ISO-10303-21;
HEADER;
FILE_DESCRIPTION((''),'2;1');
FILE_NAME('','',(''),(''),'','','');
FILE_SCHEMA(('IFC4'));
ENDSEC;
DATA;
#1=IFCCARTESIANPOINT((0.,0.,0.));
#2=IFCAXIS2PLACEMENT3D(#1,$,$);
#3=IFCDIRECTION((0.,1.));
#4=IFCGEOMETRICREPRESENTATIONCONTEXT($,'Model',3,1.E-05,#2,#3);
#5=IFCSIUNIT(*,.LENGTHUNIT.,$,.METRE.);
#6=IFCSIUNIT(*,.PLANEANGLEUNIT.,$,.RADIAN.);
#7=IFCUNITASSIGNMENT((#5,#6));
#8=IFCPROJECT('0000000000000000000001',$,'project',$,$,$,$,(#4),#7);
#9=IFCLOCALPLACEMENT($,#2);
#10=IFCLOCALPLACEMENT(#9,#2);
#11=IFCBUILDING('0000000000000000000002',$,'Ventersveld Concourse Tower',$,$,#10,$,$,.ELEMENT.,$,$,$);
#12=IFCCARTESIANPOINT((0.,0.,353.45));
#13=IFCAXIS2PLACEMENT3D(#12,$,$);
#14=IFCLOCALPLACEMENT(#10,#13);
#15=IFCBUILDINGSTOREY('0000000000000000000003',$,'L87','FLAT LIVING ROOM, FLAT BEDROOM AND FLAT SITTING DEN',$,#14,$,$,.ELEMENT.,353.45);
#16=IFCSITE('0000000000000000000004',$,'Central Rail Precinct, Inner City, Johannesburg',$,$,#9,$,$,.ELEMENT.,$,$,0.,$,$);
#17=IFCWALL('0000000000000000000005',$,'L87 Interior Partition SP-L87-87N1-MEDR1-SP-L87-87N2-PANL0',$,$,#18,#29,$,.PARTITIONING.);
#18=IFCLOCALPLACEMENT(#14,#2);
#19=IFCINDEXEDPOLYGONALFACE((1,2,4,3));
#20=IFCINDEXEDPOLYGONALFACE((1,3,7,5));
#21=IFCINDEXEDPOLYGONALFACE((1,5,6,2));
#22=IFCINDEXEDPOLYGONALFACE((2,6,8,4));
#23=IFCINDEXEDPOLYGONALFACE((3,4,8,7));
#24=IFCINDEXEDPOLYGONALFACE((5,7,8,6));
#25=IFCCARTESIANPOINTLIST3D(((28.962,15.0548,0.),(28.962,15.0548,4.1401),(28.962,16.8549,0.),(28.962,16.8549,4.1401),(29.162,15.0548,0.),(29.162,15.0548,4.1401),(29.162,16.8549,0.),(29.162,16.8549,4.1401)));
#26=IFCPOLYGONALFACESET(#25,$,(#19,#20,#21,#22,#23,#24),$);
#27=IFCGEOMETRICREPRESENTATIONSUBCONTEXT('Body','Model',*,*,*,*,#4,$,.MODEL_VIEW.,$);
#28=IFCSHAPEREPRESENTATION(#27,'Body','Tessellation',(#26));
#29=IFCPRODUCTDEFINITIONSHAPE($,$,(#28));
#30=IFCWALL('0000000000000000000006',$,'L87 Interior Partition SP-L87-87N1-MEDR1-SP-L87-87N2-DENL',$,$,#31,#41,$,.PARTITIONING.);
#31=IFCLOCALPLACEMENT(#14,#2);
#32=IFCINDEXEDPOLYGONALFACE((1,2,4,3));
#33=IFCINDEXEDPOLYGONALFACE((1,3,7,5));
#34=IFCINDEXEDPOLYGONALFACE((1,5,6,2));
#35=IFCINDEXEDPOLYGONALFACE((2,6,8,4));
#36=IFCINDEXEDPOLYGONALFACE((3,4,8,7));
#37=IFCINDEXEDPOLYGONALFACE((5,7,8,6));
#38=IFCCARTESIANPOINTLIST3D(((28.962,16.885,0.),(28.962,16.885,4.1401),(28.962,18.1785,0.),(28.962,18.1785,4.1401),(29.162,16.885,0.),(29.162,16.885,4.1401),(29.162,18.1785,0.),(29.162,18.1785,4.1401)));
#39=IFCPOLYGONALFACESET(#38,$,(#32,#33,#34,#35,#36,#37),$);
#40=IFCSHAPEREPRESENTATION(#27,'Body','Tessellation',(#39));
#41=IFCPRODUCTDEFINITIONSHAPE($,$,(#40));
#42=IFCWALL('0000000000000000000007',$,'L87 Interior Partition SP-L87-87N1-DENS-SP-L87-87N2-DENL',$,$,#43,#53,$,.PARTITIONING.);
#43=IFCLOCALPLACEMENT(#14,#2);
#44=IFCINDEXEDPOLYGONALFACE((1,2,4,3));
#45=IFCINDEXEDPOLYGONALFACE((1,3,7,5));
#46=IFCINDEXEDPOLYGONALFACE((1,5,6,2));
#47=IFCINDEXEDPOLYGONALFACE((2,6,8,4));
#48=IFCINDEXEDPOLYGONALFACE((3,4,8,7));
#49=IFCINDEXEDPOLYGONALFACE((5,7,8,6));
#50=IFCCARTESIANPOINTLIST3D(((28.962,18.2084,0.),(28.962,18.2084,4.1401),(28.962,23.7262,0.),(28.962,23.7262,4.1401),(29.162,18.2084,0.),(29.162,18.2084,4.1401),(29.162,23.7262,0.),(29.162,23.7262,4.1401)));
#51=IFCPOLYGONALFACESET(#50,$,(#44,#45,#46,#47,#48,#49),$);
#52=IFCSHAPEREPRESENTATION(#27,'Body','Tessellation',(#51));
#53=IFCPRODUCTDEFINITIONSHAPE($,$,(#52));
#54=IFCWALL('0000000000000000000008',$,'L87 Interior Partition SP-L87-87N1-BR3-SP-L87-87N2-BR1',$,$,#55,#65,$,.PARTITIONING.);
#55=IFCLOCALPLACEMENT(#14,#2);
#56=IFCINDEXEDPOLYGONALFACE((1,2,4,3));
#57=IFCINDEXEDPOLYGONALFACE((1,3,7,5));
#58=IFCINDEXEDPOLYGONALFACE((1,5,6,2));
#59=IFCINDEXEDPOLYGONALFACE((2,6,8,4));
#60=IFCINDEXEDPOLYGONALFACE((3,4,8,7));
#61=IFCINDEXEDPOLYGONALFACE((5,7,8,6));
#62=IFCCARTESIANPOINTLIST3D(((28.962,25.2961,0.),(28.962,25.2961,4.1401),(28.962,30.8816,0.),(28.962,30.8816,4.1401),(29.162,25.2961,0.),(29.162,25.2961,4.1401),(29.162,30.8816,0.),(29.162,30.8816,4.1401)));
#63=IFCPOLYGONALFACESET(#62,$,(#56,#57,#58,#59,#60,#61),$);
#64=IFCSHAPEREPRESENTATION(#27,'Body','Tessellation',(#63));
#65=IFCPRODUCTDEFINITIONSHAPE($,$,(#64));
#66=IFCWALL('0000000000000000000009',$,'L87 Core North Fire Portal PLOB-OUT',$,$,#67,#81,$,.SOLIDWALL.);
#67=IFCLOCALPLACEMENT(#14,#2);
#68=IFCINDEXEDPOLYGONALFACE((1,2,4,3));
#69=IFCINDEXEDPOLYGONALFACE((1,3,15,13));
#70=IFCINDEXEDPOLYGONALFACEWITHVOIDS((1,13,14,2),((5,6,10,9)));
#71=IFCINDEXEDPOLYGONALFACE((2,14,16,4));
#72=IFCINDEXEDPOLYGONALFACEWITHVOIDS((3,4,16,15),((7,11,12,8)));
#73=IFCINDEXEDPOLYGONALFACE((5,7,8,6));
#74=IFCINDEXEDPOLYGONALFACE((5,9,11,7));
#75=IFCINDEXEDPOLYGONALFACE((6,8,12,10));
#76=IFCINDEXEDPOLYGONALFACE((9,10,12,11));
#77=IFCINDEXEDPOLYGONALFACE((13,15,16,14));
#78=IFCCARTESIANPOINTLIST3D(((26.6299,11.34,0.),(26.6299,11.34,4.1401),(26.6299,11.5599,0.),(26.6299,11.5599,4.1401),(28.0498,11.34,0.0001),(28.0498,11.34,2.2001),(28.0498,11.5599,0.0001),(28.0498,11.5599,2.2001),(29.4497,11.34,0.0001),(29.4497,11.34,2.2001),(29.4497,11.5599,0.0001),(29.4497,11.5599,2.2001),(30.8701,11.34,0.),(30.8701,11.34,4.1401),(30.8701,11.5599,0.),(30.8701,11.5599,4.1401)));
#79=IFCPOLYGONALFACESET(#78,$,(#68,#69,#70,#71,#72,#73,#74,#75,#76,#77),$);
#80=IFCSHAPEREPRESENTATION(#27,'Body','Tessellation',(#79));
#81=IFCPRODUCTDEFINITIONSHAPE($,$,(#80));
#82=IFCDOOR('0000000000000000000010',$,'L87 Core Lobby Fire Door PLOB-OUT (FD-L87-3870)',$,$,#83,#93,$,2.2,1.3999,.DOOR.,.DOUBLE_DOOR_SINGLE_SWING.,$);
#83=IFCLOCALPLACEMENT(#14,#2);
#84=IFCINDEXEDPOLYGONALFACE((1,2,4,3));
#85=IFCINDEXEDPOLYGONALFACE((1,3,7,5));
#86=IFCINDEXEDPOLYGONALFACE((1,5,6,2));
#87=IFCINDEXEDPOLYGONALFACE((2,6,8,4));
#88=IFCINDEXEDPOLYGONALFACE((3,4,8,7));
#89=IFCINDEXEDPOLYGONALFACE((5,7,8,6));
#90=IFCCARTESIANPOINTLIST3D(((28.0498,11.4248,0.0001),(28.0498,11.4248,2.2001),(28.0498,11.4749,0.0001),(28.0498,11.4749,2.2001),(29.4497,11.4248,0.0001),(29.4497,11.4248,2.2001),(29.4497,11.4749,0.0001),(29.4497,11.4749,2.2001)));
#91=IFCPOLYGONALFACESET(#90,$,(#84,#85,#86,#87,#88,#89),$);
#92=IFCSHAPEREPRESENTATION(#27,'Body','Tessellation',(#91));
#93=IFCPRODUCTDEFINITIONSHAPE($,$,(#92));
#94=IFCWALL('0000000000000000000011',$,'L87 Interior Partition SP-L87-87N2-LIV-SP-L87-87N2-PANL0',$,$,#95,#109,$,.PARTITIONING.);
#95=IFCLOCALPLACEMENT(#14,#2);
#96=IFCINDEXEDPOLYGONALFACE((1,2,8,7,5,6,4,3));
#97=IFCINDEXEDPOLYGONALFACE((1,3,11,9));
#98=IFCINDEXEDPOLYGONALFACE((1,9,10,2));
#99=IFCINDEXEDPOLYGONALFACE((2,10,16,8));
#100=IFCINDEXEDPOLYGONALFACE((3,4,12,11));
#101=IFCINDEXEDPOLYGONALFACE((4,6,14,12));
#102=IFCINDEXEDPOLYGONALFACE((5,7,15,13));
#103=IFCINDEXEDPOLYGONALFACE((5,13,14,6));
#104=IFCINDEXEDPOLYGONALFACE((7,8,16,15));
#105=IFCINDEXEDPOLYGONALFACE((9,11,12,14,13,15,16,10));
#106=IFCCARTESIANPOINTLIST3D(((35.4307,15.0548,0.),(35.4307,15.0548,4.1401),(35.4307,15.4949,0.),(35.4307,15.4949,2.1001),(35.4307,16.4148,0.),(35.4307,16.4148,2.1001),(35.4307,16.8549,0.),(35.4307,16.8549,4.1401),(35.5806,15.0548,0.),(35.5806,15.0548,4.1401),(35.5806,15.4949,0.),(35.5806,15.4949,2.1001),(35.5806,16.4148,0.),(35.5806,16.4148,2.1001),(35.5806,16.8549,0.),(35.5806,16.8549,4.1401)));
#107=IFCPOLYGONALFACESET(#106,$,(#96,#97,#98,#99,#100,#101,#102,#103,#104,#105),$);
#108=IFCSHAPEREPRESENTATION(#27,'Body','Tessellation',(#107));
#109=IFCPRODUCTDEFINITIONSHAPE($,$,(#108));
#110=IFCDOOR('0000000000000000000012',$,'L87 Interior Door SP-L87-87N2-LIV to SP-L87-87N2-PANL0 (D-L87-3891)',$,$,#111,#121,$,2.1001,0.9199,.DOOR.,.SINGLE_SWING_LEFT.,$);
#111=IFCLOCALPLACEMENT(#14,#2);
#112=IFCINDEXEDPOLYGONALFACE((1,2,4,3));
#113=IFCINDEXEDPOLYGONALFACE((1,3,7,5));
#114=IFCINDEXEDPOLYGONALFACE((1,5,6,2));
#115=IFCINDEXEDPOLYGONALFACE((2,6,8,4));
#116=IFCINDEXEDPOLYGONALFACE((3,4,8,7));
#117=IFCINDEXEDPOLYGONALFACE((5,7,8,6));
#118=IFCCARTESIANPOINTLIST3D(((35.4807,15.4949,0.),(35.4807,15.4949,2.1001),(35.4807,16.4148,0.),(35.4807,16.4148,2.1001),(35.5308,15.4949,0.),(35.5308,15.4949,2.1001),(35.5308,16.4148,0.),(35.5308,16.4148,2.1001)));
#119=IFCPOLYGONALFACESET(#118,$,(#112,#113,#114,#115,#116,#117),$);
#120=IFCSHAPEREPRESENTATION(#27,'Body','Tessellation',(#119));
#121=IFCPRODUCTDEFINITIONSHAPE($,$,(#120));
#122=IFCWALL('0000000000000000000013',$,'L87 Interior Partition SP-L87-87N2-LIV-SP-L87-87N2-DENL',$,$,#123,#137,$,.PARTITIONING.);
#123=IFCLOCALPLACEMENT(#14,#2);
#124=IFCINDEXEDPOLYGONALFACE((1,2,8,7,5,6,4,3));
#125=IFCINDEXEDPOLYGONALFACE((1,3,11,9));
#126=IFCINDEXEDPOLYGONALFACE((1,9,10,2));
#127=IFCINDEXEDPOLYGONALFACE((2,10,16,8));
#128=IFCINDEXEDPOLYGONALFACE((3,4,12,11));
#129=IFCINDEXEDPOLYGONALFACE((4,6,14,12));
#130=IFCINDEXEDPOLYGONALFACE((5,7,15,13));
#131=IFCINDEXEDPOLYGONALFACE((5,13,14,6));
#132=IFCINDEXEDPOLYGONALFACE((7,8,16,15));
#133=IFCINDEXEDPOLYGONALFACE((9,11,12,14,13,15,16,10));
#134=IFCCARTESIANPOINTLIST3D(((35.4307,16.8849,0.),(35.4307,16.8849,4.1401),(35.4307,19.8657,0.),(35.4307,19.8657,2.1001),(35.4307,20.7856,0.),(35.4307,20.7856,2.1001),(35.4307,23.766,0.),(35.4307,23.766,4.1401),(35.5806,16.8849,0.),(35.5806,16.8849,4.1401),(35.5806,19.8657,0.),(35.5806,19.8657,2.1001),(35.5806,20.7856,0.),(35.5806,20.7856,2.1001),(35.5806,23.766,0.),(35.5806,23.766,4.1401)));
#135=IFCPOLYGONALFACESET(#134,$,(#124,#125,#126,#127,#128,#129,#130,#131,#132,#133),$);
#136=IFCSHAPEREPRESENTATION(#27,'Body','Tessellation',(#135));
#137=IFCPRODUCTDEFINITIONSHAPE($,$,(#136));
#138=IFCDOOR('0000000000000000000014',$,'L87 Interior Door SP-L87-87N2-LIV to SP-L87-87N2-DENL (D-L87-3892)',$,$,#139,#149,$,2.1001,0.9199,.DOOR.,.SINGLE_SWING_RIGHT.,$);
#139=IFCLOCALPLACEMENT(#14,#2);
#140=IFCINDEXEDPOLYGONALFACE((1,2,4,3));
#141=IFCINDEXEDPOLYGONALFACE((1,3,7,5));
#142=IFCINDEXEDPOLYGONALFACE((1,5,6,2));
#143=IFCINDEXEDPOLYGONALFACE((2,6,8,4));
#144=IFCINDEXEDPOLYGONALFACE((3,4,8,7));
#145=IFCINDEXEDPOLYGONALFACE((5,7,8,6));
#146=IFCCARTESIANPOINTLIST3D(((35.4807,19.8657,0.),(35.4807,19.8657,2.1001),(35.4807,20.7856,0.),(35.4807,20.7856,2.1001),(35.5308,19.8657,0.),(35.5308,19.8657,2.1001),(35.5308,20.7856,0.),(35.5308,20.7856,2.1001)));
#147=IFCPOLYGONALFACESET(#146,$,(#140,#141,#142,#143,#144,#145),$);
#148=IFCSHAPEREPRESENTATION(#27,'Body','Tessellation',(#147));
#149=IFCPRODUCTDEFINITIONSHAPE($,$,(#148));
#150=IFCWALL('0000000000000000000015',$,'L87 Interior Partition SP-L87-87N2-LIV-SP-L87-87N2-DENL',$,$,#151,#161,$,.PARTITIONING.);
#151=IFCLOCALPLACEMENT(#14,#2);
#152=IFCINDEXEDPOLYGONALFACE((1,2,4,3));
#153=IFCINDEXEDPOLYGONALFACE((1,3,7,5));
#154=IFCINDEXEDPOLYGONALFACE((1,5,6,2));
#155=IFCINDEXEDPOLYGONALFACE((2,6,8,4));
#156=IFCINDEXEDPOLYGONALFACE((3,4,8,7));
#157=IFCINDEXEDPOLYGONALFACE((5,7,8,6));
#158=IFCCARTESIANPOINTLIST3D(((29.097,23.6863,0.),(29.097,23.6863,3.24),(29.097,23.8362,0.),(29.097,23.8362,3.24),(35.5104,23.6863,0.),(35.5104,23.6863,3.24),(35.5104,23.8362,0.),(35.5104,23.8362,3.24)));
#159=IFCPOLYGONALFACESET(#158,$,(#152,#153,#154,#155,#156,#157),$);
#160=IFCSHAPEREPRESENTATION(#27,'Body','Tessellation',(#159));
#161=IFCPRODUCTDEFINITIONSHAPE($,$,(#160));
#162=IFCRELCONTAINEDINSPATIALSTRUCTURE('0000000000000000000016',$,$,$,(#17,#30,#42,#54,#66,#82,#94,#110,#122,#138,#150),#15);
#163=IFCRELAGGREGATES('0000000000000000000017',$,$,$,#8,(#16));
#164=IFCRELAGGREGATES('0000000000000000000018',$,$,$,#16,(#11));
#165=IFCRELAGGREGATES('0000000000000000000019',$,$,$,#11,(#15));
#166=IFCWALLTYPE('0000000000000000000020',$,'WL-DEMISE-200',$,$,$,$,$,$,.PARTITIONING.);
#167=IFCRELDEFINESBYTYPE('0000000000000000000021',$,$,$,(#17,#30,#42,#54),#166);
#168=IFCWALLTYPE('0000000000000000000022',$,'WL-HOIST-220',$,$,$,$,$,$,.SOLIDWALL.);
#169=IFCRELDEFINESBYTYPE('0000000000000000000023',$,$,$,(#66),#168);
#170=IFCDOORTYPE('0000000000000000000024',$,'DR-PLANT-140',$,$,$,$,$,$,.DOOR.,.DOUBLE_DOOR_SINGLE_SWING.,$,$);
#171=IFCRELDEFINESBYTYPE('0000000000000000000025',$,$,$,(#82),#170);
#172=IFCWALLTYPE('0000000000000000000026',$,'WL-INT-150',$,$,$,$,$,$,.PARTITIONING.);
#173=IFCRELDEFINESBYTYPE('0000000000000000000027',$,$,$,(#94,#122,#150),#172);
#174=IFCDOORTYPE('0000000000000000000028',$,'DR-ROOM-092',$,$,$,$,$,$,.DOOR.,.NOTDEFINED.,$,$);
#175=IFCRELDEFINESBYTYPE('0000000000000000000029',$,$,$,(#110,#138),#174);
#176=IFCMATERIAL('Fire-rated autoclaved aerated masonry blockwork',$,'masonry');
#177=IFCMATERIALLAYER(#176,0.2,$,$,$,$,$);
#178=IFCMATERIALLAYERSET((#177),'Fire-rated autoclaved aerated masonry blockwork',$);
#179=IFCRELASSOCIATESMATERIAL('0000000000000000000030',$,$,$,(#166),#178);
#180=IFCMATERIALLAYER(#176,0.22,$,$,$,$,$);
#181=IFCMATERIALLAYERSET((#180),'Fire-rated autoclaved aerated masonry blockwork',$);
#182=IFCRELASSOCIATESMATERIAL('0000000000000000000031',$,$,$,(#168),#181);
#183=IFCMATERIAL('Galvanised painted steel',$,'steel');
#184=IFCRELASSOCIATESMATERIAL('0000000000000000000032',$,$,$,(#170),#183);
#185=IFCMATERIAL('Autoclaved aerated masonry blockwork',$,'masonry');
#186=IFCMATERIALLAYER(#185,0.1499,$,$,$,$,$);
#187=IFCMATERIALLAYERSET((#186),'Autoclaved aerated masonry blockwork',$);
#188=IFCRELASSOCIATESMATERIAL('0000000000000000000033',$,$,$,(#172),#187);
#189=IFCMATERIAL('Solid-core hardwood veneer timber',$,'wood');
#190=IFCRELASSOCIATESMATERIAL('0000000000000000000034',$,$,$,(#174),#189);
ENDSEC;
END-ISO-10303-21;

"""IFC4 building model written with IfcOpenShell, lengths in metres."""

from ifc_helpers import new_model, si_unit, direction, frame, frame_2d, origin, place, context, subcontext, project, spatial, rectangle, extrude, material, layer, layer_set, type_object, element, fill, save


model = new_model("IFC4")

# Units and contexts
model_context = context("Model", 3, precision=1e-05, world=origin(), true_north=direction((0.0, 1.0)))
body_context = subcontext(model_context, "Body", "Model", "MODEL_VIEW")
ifc_project = project(units=[si_unit("LENGTHUNIT", "METRE"), si_unit("PLANEANGLEUNIT", "RADIAN")], contexts=[model_context])

# Site, building, storey
site_placement = place(None, origin())
site = spatial("IfcSite", under=ifc_project, at=site_placement, Name="Central Rail Precinct, Inner City, Johannesburg", CompositionType="ELEMENT", RefElevation=0.0)
building_placement = place(site_placement, origin())
building = spatial("IfcBuilding", under=site, at=building_placement, Name="Ventersveld Concourse Tower", CompositionType="ELEMENT")
storey_placement = place(building_placement, frame((0.0, 0.0, 353.45)))
storey = spatial("IfcBuildingStorey", under=building, at=storey_placement, Name="L87", Description="FLAT LIVING ROOM, FLAT BEDROOM AND FLAT SITTING DEN", CompositionType="ELEMENT", Elevation=353.45)

# Shared definitions
ifc_material_1 = material(Name="Fire-rated autoclaved aerated masonry blockwork", Category="masonry")
ifc_material_2 = material(Name="Solid-core hardwood veneer timber", Category="wood")

# Walls
ifc_layer_1 = layer(ifc_material_1, 0.2)
ifc_layer_set_1 = layer_set([ifc_layer_1], Name="Fire-rated autoclaved aerated masonry blockwork")
wall_type_1 = type_object("IfcWallType", Name="WL-DEMISE-200", PredefinedType="PARTITIONING", material=ifc_layer_set_1)
wall_1_placement = place(storey_placement, frame((29.062, 15.0549, 0.0), z_axis=(0.0, 0.0, 1.0), x_axis=(0.0, 1.0, 0.0)))
element("IfcWall", 1, at=wall_1_placement, inside=storey, type_object=wall_type_1, Name="L87 Interior Partition SP-L87-87N1-MEDR1-SP-L87-87N2-PANL0", PredefinedType="PARTITIONING", context=body_context, shape_type="SweptSolid", body=[
    extrude(rectangle(XDim=1.8, YDim=0.2, at=frame_2d((0.8999, 0.0))), origin(), (0.0, 0.0, 1.0), 4.1401),
])
wall_2_placement = place(storey_placement, frame((29.062, 16.885, 0.0), z_axis=(0.0, 0.0, 1.0), x_axis=(0.0, 1.0, 0.0)))
element("IfcWall", 2, at=wall_2_placement, inside=storey, type_object=wall_type_1, Name="L87 Interior Partition SP-L87-87N1-MEDR1-SP-L87-87N2-DENL", PredefinedType="PARTITIONING", context=body_context, shape_type="SweptSolid", body=[
    extrude(rectangle(XDim=1.2935, YDim=0.2, at=frame_2d((0.6467, 0.0))), origin(), (0.0, 0.0, 1.0), 4.1401),
])
wall_3_placement = place(storey_placement, frame((29.062, 18.2085, 0.0), z_axis=(0.0, 0.0, 1.0), x_axis=(0.0, 1.0, 0.0)))
element("IfcWall", 3, at=wall_3_placement, inside=storey, type_object=wall_type_1, Name="L87 Interior Partition SP-L87-87N1-DENS-SP-L87-87N2-DENL", PredefinedType="PARTITIONING", context=body_context, shape_type="SweptSolid", body=[
    extrude(rectangle(XDim=5.5178, YDim=0.2, at=frame_2d((2.7588, 0.0))), origin(), (0.0, 0.0, 1.0), 4.1401),
])
wall_4_placement = place(storey_placement, frame((29.062, 25.2961, 0.0), z_axis=(0.0, 0.0, 1.0), x_axis=(0.0, 1.0, 0.0)))
element("IfcWall", 4, at=wall_4_placement, inside=storey, type_object=wall_type_1, Name="L87 Interior Partition SP-L87-87N1-BR3-SP-L87-87N2-BR1", PredefinedType="PARTITIONING", context=body_context, shape_type="SweptSolid", body=[
    extrude(rectangle(XDim=5.5854, YDim=0.2, at=frame_2d((2.7927, 0.0))), origin(), (0.0, 0.0, 1.0), 4.1401),
])

# Walls, openings, doors
ifc_layer_2 = layer(ifc_material_1, 0.22)
ifc_layer_set_2 = layer_set([ifc_layer_2], Name="Fire-rated autoclaved aerated masonry blockwork")
wall_type_2 = type_object("IfcWallType", Name="WL-HOIST-220", PredefinedType="SOLIDWALL", material=ifc_layer_set_2)
wall_5_placement = place(storey_placement, frame((26.6299, 11.45, 0.0), z_axis=(0.0, 0.0, 1.0), x_axis=(1.0, 0.0, 0.0)))
wall_5 = element("IfcWall", 5, at=wall_5_placement, inside=storey, type_object=wall_type_2, Name="L87 Core North Fire Portal PLOB-OUT", PredefinedType="SOLIDWALL", context=body_context, shape_type="SweptSolid", body=[
    extrude(rectangle(XDim=4.2402, YDim=0.22, at=frame_2d((2.1201, 0.0))), origin(), (0.0, 0.0, 1.0), 4.1401),
])
opening_1_placement = place(wall_5_placement, frame((1.4199, 0.0, 0.0)))
opening_1 = element("IfcOpeningElement", 6, at=opening_1_placement, cuts=wall_5, PredefinedType="OPENING", context=body_context, shape_type="SweptSolid", body=[
    extrude(rectangle(XDim=1.3999, YDim=2.2, at=frame_2d((0.7, 1.1001))), frame((0.0, 0.1201, 0.0), z_axis=(0.0, -1.0, 0.0), x_axis=(1.0, 0.0, 0.0)), (0.0, 0.0, 1.0), 0.24),
])
ifc_material_3 = material(Name="Galvanised painted steel", Category="steel")
door_type_1 = type_object("IfcDoorType", Name="DR-PLANT-140", OperationType="DOUBLE_DOOR_SINGLE_SWING", PredefinedType="DOOR", material=ifc_material_3)
door_1_placement = place(opening_1_placement, origin())
door_1 = element("IfcDoor", 7, at=door_1_placement, inside=storey, type_object=door_type_1, Name="L87 Core Lobby Fire Door PLOB-OUT (FD-L87-3870)", OperationType="DOUBLE_DOOR_SINGLE_SWING", OverallHeight=2.2, OverallWidth=1.3999, PredefinedType="DOOR", context=body_context, shape_type="SweptSolid", body=[
    extrude(rectangle(XDim=1.3999, YDim=2.2, at=frame_2d((0.7, 1.1001))), frame((0.0, 0.0249, 0.0), z_axis=(0.0, -1.0, 0.0), x_axis=(1.0, 0.0, 0.0)), (0.0, 0.0, 1.0), 0.05),
])
fill(opening_1, door_1)
ifc_material_4 = material(Name="Autoclaved aerated masonry blockwork", Category="masonry")
ifc_layer_3 = layer(ifc_material_4, 0.1499)
ifc_layer_set_3 = layer_set([ifc_layer_3], Name="Autoclaved aerated masonry blockwork")
wall_type_3 = type_object("IfcWallType", Name="WL-INT-150", PredefinedType="PARTITIONING", material=ifc_layer_set_3)
wall_6_placement = place(storey_placement, frame((35.5056, 15.0549, 0.0), z_axis=(0.0, 0.0, 1.0), x_axis=(0.0, 1.0, 0.0)))
wall_6 = element("IfcWall", 8, at=wall_6_placement, inside=storey, type_object=wall_type_3, Name="L87 Interior Partition SP-L87-87N2-LIV-SP-L87-87N2-PANL0", PredefinedType="PARTITIONING", context=body_context, shape_type="SweptSolid", body=[
    extrude(rectangle(XDim=1.8, YDim=0.1499, at=frame_2d((0.8999, 0.0))), origin(), (0.0, 0.0, 1.0), 4.1401),
])
opening_2_placement = place(wall_6_placement, frame((0.4399, 0.0, 0.0)))
opening_2 = element("IfcOpeningElement", 9, at=opening_2_placement, cuts=wall_6, PredefinedType="OPENING", context=body_context, shape_type="SweptSolid", body=[
    extrude(rectangle(XDim=0.9199, YDim=2.1001, at=frame_2d((0.46, 1.05))), frame((0.0, 0.085, 0.0), z_axis=(0.0, -1.0, 0.0), x_axis=(1.0, 0.0, 0.0)), (0.0, 0.0, 1.0), 0.1699),
])
door_type_2 = type_object("IfcDoorType", Name="DR-ROOM-092", OperationType="NOTDEFINED", PredefinedType="DOOR", material=ifc_material_2)
door_2_placement = place(opening_2_placement, origin())
door_2 = element("IfcDoor", 10, at=door_2_placement, inside=storey, type_object=door_type_2, Name="L87 Interior Door SP-L87-87N2-LIV to SP-L87-87N2-PANL0 (D-L87-3891)", OperationType="SINGLE_SWING_LEFT", OverallHeight=2.1001, OverallWidth=0.9199, PredefinedType="DOOR", context=body_context, shape_type="SweptSolid", body=[
    extrude(rectangle(XDim=0.9199, YDim=2.1001, at=frame_2d((0.46, 1.05))), frame((0.0, 0.0249, 0.0), z_axis=(0.0, -1.0, 0.0), x_axis=(1.0, 0.0, 0.0)), (0.0, 0.0, 1.0), 0.05),
])
fill(opening_2, door_2)
wall_7_placement = place(storey_placement, frame((35.5056, 16.885, 0.0), z_axis=(0.0, 0.0, 1.0), x_axis=(0.0, 1.0, 0.0)))
wall_7 = element("IfcWall", 11, at=wall_7_placement, inside=storey, type_object=wall_type_3, Name="L87 Interior Partition SP-L87-87N2-LIV-SP-L87-87N2-DENL", PredefinedType="PARTITIONING", context=body_context, shape_type="SweptSolid", body=[
    extrude(rectangle(XDim=6.8811, YDim=0.1499, at=frame_2d((3.4404, 0.0))), origin(), (0.0, 0.0, 1.0), 4.1401),
])
opening_3_placement = place(wall_7_placement, frame((2.9807, 0.0, 0.0)))
opening_3 = element("IfcOpeningElement", 12, at=opening_3_placement, cuts=wall_7, PredefinedType="OPENING", context=body_context, shape_type="SweptSolid", body=[
    extrude(rectangle(XDim=0.9199, YDim=2.1001, at=frame_2d((0.46, 1.05))), frame((0.0, 0.085, 0.0), z_axis=(0.0, -1.0, 0.0), x_axis=(1.0, 0.0, 0.0)), (0.0, 0.0, 1.0), 0.1699),
])
door_3_placement = place(opening_3_placement, origin())
door_3 = element("IfcDoor", 13, at=door_3_placement, inside=storey, type_object=door_type_2, Name="L87 Interior Door SP-L87-87N2-LIV to SP-L87-87N2-DENL (D-L87-3892)", OperationType="SINGLE_SWING_RIGHT", OverallHeight=2.1001, OverallWidth=0.9199, PredefinedType="DOOR", context=body_context, shape_type="SweptSolid", body=[
    extrude(rectangle(XDim=0.9199, YDim=2.1001, at=frame_2d((0.46, 1.05))), frame((0.0, 0.0249, 0.0), z_axis=(0.0, -1.0, 0.0), x_axis=(1.0, 0.0, 0.0)), (0.0, 0.0, 1.0), 0.05),
])
fill(opening_3, door_3)

# Wall
wall_8_placement = place(storey_placement, frame((29.0972, 23.7612, 0.0), z_axis=(0.0, 0.0, 1.0), x_axis=(1.0, 0.0, 0.0)))
element("IfcWall", 14, at=wall_8_placement, inside=storey, type_object=wall_type_3, Name="L87 Interior Partition SP-L87-87N2-LIV-SP-L87-87N2-DENL", PredefinedType="PARTITIONING", context=body_context, shape_type="SweptSolid", body=[
    extrude(rectangle(XDim=6.4133, YDim=0.1499, at=frame_2d((3.2065, 0.0))), origin(), (0.0, 0.0, 1.0), 3.24),
])

save(model, "model.ifc")
